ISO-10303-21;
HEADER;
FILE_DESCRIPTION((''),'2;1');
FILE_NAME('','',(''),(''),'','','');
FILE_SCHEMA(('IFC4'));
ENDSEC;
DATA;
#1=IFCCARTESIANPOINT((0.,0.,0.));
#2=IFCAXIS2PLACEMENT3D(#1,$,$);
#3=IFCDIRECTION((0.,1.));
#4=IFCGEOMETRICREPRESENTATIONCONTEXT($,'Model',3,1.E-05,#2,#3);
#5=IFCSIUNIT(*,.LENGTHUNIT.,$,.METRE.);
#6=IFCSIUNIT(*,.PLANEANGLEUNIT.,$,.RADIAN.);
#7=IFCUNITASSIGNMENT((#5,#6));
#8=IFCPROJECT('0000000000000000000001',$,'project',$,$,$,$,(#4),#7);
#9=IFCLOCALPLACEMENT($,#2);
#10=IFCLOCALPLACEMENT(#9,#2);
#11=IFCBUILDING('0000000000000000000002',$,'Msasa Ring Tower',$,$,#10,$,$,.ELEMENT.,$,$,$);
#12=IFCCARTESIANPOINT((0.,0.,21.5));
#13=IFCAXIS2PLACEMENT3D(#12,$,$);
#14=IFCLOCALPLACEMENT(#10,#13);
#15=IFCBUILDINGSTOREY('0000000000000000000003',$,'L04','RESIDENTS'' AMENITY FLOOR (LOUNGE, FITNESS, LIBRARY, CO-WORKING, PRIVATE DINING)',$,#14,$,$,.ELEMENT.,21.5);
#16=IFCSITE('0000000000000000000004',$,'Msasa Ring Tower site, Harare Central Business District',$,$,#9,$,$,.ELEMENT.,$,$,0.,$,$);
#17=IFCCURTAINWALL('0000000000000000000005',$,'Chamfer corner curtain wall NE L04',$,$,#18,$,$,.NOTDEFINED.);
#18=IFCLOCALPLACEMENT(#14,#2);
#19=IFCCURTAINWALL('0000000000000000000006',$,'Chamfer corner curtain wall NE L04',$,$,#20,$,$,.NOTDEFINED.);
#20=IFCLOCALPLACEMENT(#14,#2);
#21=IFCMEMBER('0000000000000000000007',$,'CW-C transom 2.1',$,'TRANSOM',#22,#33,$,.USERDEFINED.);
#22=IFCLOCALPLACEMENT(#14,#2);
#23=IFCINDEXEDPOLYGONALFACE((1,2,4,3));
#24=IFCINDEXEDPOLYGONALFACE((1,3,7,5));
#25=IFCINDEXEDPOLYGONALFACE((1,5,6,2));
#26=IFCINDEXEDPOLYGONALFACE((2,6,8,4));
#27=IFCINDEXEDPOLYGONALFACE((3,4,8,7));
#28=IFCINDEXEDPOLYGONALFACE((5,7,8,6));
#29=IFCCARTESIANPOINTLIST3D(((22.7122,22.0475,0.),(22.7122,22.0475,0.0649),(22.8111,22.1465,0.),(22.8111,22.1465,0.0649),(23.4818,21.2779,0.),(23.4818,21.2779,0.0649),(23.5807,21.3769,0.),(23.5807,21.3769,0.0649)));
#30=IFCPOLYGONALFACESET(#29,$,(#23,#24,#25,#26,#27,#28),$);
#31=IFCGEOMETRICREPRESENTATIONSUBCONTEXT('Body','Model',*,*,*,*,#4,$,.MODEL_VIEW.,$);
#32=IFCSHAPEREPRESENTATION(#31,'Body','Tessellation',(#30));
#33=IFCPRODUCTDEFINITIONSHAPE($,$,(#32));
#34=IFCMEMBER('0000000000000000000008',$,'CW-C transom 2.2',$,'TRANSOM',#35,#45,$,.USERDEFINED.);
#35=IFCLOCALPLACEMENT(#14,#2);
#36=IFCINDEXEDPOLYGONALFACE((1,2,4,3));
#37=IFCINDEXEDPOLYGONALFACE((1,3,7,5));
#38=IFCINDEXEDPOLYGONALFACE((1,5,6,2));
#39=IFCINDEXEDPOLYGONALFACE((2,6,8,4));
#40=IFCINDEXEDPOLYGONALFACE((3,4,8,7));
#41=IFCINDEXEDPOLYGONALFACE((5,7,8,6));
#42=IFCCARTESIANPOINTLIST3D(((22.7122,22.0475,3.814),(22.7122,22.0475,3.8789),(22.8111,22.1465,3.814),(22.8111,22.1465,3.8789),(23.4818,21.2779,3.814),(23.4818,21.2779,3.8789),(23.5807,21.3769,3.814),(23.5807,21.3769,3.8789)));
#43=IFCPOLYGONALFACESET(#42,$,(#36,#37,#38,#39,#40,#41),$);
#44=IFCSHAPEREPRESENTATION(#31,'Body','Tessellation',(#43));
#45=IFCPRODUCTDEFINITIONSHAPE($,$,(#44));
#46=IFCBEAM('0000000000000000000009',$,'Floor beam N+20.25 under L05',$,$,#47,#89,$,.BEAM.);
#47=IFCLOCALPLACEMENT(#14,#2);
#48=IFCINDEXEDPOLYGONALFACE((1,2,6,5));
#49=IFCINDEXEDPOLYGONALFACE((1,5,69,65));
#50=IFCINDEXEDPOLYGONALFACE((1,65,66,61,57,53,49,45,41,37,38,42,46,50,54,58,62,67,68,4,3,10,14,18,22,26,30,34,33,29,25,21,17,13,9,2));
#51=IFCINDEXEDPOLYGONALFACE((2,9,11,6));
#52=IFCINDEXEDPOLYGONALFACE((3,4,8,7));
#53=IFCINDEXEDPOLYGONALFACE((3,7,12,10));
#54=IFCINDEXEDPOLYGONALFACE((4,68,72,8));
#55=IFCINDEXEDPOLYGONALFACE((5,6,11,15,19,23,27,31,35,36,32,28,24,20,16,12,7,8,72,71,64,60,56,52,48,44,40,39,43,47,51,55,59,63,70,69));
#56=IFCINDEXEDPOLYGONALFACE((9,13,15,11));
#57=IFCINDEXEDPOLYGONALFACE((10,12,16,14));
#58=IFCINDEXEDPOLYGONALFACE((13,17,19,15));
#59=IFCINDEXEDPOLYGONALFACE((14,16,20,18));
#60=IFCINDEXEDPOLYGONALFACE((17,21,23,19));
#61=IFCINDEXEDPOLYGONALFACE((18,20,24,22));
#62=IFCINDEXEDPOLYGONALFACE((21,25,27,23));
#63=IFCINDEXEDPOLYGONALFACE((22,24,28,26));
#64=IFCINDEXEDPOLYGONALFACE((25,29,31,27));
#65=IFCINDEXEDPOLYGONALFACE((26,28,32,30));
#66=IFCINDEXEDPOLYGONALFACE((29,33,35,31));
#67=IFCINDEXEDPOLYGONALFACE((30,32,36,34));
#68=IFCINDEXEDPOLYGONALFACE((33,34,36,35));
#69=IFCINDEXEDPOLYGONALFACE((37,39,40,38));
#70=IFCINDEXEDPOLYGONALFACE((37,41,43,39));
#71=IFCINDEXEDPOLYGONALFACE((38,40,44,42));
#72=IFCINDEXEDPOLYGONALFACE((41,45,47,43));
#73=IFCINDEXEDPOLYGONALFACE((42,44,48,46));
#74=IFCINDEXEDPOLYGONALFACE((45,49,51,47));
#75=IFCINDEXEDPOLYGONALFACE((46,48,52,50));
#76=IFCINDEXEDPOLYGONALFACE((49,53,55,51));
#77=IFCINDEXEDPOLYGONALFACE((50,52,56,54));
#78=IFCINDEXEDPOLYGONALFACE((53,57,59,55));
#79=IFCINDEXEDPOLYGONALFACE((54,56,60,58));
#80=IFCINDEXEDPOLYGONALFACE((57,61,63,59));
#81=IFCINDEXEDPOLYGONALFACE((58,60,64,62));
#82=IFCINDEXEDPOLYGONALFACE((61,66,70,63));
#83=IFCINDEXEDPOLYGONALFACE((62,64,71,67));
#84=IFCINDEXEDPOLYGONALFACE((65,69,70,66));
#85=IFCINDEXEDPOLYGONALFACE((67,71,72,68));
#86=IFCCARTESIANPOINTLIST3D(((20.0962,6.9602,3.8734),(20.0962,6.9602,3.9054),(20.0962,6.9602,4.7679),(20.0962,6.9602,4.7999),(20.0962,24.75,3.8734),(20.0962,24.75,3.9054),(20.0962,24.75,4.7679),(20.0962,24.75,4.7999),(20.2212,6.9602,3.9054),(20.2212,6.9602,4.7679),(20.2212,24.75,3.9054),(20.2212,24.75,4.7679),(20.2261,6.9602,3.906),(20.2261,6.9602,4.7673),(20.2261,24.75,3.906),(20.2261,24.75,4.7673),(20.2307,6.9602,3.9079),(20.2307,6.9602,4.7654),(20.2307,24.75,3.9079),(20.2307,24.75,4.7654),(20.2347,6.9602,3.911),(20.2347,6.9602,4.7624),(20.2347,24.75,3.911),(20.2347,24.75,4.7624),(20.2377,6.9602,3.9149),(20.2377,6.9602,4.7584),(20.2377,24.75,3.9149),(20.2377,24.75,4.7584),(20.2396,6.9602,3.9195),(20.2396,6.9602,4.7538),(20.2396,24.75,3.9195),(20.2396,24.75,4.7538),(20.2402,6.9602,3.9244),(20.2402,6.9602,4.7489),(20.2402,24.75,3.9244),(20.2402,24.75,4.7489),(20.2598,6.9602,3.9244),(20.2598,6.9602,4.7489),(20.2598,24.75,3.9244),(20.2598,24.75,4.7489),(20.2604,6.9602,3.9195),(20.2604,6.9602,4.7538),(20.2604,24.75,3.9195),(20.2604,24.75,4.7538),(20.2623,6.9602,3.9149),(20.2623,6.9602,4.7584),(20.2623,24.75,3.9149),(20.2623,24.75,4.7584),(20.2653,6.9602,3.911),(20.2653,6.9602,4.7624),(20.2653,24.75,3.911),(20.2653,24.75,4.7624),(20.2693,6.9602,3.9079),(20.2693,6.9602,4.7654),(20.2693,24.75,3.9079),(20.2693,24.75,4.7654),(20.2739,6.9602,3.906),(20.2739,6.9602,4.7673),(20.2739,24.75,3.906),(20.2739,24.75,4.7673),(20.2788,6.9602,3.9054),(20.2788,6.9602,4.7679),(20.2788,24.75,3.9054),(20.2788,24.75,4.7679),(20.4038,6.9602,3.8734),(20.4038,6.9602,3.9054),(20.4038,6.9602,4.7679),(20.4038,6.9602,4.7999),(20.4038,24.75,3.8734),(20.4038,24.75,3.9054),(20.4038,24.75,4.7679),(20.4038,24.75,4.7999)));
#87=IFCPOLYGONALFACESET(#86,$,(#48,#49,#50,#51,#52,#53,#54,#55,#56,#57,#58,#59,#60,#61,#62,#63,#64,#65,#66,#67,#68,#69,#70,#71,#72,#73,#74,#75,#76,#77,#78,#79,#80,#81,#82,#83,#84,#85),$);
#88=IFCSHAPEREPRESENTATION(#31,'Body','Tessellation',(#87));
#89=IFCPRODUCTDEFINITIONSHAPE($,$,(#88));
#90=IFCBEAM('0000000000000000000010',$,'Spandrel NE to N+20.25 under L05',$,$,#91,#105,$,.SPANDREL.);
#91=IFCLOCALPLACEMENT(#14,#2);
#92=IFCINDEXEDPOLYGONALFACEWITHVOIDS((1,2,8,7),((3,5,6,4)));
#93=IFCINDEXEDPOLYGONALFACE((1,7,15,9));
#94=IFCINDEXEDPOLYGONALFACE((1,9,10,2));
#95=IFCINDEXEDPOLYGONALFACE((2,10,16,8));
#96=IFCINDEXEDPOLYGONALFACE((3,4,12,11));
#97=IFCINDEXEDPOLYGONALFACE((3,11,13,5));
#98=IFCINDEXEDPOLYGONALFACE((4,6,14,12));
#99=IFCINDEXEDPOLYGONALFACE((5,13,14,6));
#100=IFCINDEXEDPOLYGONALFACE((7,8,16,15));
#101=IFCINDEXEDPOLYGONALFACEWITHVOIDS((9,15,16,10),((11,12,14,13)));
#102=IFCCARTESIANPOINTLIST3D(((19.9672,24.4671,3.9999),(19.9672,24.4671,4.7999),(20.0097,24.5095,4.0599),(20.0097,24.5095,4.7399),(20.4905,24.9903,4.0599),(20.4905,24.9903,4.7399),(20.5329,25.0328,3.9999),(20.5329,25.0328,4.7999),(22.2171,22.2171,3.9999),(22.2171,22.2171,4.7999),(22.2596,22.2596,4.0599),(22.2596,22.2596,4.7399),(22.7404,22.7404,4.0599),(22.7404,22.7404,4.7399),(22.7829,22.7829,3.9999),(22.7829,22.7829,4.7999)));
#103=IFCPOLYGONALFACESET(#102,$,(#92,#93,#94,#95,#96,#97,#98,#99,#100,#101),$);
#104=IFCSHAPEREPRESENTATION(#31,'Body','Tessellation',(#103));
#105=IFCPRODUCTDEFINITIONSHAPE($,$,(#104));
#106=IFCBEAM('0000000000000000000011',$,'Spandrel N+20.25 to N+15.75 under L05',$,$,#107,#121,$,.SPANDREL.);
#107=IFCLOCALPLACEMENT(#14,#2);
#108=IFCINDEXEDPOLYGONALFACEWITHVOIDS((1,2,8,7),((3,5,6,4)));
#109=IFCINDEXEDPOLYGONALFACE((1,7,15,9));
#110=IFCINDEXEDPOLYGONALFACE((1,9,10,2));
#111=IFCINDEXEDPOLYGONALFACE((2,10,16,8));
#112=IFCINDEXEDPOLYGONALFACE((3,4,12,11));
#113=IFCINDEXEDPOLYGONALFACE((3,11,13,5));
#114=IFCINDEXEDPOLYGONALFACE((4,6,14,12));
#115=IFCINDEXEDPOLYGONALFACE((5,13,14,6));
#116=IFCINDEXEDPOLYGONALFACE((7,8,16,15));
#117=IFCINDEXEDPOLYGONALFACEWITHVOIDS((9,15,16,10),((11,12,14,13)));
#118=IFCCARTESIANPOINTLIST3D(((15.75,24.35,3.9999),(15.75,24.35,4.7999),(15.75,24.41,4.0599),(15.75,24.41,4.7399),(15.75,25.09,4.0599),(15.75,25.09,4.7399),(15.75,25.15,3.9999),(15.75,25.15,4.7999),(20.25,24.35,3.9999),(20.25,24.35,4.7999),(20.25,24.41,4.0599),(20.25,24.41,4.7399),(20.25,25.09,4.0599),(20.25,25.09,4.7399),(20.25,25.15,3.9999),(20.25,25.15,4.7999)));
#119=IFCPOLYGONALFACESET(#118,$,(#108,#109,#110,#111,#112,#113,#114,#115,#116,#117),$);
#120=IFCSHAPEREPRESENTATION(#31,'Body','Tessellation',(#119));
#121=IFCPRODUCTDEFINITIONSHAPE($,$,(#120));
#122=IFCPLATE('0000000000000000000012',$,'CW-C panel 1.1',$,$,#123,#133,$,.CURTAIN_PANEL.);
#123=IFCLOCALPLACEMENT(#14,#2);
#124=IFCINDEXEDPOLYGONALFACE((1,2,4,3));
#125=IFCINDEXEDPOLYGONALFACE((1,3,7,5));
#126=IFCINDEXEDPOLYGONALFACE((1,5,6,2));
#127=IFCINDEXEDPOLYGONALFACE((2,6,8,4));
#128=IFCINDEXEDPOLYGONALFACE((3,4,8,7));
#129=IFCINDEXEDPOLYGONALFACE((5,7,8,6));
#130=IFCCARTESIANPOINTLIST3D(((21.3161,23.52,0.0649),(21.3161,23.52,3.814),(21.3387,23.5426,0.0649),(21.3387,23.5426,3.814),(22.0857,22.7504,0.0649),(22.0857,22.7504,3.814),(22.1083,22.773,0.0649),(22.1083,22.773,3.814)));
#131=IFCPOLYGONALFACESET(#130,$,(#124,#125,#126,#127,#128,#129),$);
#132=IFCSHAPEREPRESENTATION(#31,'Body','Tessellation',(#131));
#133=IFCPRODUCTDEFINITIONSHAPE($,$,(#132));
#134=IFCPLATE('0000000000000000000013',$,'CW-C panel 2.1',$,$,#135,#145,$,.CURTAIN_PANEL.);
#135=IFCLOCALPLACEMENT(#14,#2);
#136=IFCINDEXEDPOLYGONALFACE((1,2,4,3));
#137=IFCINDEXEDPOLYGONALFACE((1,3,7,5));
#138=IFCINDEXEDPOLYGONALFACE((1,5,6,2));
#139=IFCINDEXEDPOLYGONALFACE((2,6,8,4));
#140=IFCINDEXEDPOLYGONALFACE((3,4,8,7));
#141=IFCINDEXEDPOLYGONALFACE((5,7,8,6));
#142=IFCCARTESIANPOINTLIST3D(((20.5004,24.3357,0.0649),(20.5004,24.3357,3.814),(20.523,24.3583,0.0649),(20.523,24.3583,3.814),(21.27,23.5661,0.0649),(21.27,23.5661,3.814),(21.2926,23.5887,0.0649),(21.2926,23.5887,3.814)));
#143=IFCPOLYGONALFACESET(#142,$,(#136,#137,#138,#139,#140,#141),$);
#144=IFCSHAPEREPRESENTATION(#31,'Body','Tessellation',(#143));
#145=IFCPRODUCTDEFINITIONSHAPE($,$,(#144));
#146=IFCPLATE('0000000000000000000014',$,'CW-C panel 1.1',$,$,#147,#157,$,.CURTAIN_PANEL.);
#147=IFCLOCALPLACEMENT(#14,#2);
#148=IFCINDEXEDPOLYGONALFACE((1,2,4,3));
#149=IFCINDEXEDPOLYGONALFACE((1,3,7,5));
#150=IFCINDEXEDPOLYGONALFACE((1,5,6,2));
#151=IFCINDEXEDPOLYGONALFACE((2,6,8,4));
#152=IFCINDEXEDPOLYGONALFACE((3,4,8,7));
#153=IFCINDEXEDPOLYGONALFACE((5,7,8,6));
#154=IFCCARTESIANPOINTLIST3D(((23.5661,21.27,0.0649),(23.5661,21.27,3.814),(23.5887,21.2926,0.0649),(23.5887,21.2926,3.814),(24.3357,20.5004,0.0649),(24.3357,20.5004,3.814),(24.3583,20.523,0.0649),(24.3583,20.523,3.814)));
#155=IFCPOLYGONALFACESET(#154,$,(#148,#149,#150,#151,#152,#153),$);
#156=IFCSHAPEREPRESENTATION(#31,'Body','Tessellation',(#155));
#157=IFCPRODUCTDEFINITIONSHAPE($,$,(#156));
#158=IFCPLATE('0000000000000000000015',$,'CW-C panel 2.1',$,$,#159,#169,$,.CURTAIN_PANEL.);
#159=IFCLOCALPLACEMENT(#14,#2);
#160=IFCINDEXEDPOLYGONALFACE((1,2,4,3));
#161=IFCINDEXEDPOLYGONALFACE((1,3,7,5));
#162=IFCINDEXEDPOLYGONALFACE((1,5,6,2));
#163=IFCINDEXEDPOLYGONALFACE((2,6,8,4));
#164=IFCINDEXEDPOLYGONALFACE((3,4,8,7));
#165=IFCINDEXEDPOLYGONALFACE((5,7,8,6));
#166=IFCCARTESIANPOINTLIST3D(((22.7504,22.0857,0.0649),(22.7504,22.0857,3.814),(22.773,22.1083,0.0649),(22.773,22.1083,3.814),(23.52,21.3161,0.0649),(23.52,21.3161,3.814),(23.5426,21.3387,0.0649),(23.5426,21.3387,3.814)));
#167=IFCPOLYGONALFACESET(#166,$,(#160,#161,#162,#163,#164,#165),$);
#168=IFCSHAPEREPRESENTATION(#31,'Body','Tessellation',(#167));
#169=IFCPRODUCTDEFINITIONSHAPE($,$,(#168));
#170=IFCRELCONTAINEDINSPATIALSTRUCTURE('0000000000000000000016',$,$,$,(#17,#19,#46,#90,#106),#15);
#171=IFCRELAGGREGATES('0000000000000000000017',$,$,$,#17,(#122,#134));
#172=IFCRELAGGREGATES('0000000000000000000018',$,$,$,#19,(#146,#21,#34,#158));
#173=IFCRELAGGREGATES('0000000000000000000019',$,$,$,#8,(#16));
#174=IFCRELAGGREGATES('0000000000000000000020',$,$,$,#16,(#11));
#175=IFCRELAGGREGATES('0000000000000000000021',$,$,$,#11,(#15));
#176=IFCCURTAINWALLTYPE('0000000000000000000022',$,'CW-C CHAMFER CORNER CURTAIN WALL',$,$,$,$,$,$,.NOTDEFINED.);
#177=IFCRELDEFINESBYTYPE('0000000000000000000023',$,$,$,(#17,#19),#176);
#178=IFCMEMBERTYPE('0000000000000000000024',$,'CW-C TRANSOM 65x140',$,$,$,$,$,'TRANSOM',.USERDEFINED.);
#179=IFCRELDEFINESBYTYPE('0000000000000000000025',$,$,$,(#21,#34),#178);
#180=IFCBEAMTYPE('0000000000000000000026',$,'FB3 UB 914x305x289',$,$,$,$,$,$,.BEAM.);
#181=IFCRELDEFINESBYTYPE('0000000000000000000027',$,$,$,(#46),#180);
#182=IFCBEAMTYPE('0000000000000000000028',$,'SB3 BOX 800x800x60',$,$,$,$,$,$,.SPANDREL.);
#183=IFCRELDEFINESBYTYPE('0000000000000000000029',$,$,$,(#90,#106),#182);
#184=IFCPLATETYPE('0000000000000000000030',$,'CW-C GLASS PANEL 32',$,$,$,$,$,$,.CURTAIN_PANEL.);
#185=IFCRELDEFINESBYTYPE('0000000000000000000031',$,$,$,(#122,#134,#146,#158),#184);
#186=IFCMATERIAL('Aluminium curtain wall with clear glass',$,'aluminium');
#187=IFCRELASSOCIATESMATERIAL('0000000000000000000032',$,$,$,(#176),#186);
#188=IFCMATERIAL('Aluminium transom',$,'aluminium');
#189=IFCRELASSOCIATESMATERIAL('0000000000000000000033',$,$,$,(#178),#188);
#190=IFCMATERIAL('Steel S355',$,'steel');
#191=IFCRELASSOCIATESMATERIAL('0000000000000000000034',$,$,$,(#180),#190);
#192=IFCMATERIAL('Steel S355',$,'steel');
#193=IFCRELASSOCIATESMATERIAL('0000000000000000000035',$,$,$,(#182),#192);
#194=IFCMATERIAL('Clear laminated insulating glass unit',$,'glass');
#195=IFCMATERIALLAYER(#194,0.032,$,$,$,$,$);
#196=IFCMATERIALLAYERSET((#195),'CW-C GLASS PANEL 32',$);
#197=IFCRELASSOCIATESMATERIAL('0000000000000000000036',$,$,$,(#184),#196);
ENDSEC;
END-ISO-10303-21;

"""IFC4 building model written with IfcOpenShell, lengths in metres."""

from ifc_helpers import new_model, si_unit, direction, frame, origin, origin_2d, place, context, subcontext, project, spatial, rectangle, hollow_rectangle, i_section, extrude, material, layer, layer_set, material_profile, profile_set, type_object, element, aggregate, save


model = new_model("IFC4")

# Units and contexts
model_context = context("Model", 3, precision=1e-05, world=origin(), true_north=direction((0.0, 1.0)))
body_context = subcontext(model_context, "Body", "Model", "MODEL_VIEW")
ifc_project = project(units=[si_unit("LENGTHUNIT", "METRE"), si_unit("PLANEANGLEUNIT", "RADIAN")], contexts=[model_context])

# Site, building, storey
site_placement = place(None, origin())
site = spatial("IfcSite", under=ifc_project, at=site_placement, Name="Msasa Ring Tower site, Harare Central Business District", CompositionType="ELEMENT", RefElevation=0.0)
building_placement = place(site_placement, origin())
building = spatial("IfcBuilding", under=site, at=building_placement, Name="Msasa Ring Tower", CompositionType="ELEMENT")
storey_placement = place(building_placement, frame((0.0, 0.0, 21.5)))
storey = spatial("IfcBuildingStorey", under=building, at=storey_placement, Name="L04", Description="RESIDENTS' AMENITY FLOOR (LOUNGE, FITNESS, LIBRARY, CO-WORKING, PRIVATE DINING)", CompositionType="ELEMENT", Elevation=21.5)

# Curtain walls
ifc_material_1 = material(Name="Aluminium curtain wall with clear glass", Category="aluminium")
curtain_wall_type = type_object("IfcCurtainWallType", Name="CW-C CHAMFER CORNER CURTAIN WALL", PredefinedType="NOTDEFINED", material=ifc_material_1)
curtain_wall_1_placement = place(storey_placement, origin())
curtain_wall_1 = element("IfcCurtainWall", 1, at=curtain_wall_1_placement, inside=storey, type_object=curtain_wall_type, Name="Chamfer corner curtain wall NE L04", PredefinedType="NOTDEFINED")
curtain_wall_2_placement = place(storey_placement, origin())
curtain_wall_2 = element("IfcCurtainWall", 2, at=curtain_wall_2_placement, inside=storey, type_object=curtain_wall_type, Name="Chamfer corner curtain wall NE L04", PredefinedType="NOTDEFINED")

# Members
ifc_material_2 = material(Name="Aluminium transom", Category="aluminium")
ifc_material_profile_1 = material_profile(ifc_material_2, rectangle(XDim=0.1399, YDim=0.0649, at=origin_2d()), Name="AL 65x140")
ifc_profile_set_1 = profile_set([ifc_material_profile_1], Name="Aluminium transom")
member_type_1 = type_object("IfcMemberType", Name="CW-C TRANSOM 65x140", ElementType="TRANSOM", PredefinedType="USERDEFINED", material=ifc_profile_set_1)
member_1_placement = place(storey_placement, frame((23.5312, 21.3274, 0.0325), z_axis=(-0.707107, 0.707107, 0.0), x_axis=(-0.707107, -0.707107, 0.0)))
member_1 = element("IfcMember", 3, at=member_1_placement, type_object=member_type_1, Name="CW-C transom 2.1", ObjectType="TRANSOM", PredefinedType="USERDEFINED", context=body_context, shape_type="SweptSolid", body=[
    extrude(rectangle(XDim=0.1399, YDim=0.0649, at=origin_2d()), origin(), (0.0, 0.0, 1.0), 1.0884),
])
member_2_placement = place(storey_placement, frame((23.5312, 21.3274, 3.8464), z_axis=(-0.707107, 0.707107, 0.0), x_axis=(-0.707107, -0.707107, 0.0)))
member_2 = element("IfcMember", 4, at=member_2_placement, type_object=member_type_1, Name="CW-C transom 2.2", ObjectType="TRANSOM", PredefinedType="USERDEFINED", context=body_context, shape_type="SweptSolid", body=[
    extrude(rectangle(XDim=0.1399, YDim=0.0649, at=origin_2d()), origin(), (0.0, 0.0, 1.0), 1.0884),
])

# Beams
ifc_material_3 = material(Name="Steel S355", Category="steel")
ifc_material_profile_2 = material_profile(ifc_material_3, i_section(OverallWidth=0.3076, OverallDepth=0.9265, WebThickness=0.0195, FlangeThickness=0.032, FilletRadius=0.019, at=origin_2d()), Name="UB 914x305x289")
ifc_profile_set_2 = profile_set([ifc_material_profile_2], Name="Steel S355")
beam_type_1 = type_object("IfcBeamType", Name="FB3 UB 914x305x289", PredefinedType="BEAM", material=ifc_profile_set_2)
beam_1_placement = place(storey_placement, frame((20.25, 24.75, 4.3367), z_axis=(0.0, -1.0, 0.0), x_axis=(1.0, 0.0, 0.0)))
element("IfcBeam", 5, at=beam_1_placement, inside=storey, type_object=beam_type_1, Name="Floor beam N+20.25 under L05", PredefinedType="BEAM", context=body_context, shape_type="SweptSolid", body=[
    extrude(i_section(OverallWidth=0.3076, OverallDepth=0.9265, WebThickness=0.0195, FlangeThickness=0.032, FilletRadius=0.019, at=origin_2d()), origin(), (0.0, 0.0, 1.0), 17.7898),
])
ifc_material_4 = material(Name="Steel S355", Category="steel")
ifc_material_profile_3 = material_profile(ifc_material_4, hollow_rectangle(XDim=0.8, YDim=0.8, WallThickness=0.0601, at=origin_2d()), Name="BOX 800x800x60")
ifc_profile_set_3 = profile_set([ifc_material_profile_3], Name="Steel S355")
beam_type_2 = type_object("IfcBeamType", Name="SB3 BOX 800x800x60", PredefinedType="SPANDREL", material=ifc_profile_set_3)
beam_2_placement = place(storey_placement, frame((22.5, 22.5, 4.3999), z_axis=(-0.707107, 0.707107, 0.0), x_axis=(-0.707107, -0.707107, 0.0)))
element("IfcBeam", 6, at=beam_2_placement, inside=storey, type_object=beam_type_2, Name="Spandrel NE to N+20.25 under L05", PredefinedType="SPANDREL", context=body_context, shape_type="SweptSolid", body=[
    extrude(hollow_rectangle(XDim=0.8, YDim=0.8, WallThickness=0.0601, at=origin_2d()), origin(), (0.0, 0.0, 1.0), 3.1819),
])
beam_3_placement = place(storey_placement, frame((20.25, 24.75, 4.3999), z_axis=(-1.0, 0.0, 0.0), x_axis=(0.0, -1.0, 0.0)))
element("IfcBeam", 7, at=beam_3_placement, inside=storey, type_object=beam_type_2, Name="Spandrel N+20.25 to N+15.75 under L05", PredefinedType="SPANDREL", context=body_context, shape_type="SweptSolid", body=[
    extrude(hollow_rectangle(XDim=0.8, YDim=0.8, WallThickness=0.0601, at=origin_2d()), origin(), (0.0, 0.0, 1.0), 4.5),
])

# Plates
ifc_material_5 = material(Name="Clear laminated insulating glass unit", Category="glass")
ifc_layer = layer(ifc_material_5, 0.032)
ifc_layer_set = layer_set([ifc_layer], Name="CW-C GLASS PANEL 32")
plate_type = type_object("IfcPlateType", Name="CW-C GLASS PANEL 32", PredefinedType="CURTAIN_PANEL", material=ifc_layer_set)
plate_1_placement = place(storey_placement, frame((21.7122, 23.1465, 0.0649), z_axis=(0.0, 0.0, 1.0), x_axis=(-0.707107, 0.707107, 0.0)))
plate_1 = element("IfcPlate", 8, at=plate_1_placement, type_object=plate_type, Name="CW-C panel 1.1", PredefinedType="CURTAIN_PANEL", context=body_context, shape_type="SweptSolid", body=[
    extrude(rectangle(XDim=1.0884, YDim=0.032, at=origin_2d()), origin(), (0.0, 0.0, 1.0), 3.749),
])
plate_2_placement = place(storey_placement, frame((20.8965, 23.9622, 0.0649), z_axis=(0.0, 0.0, 1.0), x_axis=(-0.707107, 0.707107, 0.0)))
plate_2 = element("IfcPlate", 9, at=plate_2_placement, type_object=plate_type, Name="CW-C panel 2.1", PredefinedType="CURTAIN_PANEL", context=body_context, shape_type="SweptSolid", body=[
    extrude(rectangle(XDim=1.0884, YDim=0.032, at=origin_2d()), origin(), (0.0, 0.0, 1.0), 3.749),
])
aggregate(curtain_wall_1, [plate_1, plate_2])
plate_3_placement = place(storey_placement, frame((23.9622, 20.8965, 0.0649), z_axis=(0.0, 0.0, 1.0), x_axis=(-0.707107, 0.707107, 0.0)))
plate_3 = element("IfcPlate", 10, at=plate_3_placement, type_object=plate_type, Name="CW-C panel 1.1", PredefinedType="CURTAIN_PANEL", context=body_context, shape_type="SweptSolid", body=[
    extrude(rectangle(XDim=1.0884, YDim=0.032, at=origin_2d()), origin(), (0.0, 0.0, 1.0), 3.749),
])
plate_4_placement = place(storey_placement, frame((23.1465, 21.7122, 0.0649), z_axis=(0.0, 0.0, 1.0), x_axis=(-0.707107, 0.707107, 0.0)))
plate_4 = element("IfcPlate", 11, at=plate_4_placement, type_object=plate_type, Name="CW-C panel 2.1", PredefinedType="CURTAIN_PANEL", context=body_context, shape_type="SweptSolid", body=[
    extrude(rectangle(XDim=1.0884, YDim=0.032, at=origin_2d()), origin(), (0.0, 0.0, 1.0), 3.749),
])
aggregate(curtain_wall_2, [plate_3, member_1, member_2, plate_4])

save(model, "model.ifc")
